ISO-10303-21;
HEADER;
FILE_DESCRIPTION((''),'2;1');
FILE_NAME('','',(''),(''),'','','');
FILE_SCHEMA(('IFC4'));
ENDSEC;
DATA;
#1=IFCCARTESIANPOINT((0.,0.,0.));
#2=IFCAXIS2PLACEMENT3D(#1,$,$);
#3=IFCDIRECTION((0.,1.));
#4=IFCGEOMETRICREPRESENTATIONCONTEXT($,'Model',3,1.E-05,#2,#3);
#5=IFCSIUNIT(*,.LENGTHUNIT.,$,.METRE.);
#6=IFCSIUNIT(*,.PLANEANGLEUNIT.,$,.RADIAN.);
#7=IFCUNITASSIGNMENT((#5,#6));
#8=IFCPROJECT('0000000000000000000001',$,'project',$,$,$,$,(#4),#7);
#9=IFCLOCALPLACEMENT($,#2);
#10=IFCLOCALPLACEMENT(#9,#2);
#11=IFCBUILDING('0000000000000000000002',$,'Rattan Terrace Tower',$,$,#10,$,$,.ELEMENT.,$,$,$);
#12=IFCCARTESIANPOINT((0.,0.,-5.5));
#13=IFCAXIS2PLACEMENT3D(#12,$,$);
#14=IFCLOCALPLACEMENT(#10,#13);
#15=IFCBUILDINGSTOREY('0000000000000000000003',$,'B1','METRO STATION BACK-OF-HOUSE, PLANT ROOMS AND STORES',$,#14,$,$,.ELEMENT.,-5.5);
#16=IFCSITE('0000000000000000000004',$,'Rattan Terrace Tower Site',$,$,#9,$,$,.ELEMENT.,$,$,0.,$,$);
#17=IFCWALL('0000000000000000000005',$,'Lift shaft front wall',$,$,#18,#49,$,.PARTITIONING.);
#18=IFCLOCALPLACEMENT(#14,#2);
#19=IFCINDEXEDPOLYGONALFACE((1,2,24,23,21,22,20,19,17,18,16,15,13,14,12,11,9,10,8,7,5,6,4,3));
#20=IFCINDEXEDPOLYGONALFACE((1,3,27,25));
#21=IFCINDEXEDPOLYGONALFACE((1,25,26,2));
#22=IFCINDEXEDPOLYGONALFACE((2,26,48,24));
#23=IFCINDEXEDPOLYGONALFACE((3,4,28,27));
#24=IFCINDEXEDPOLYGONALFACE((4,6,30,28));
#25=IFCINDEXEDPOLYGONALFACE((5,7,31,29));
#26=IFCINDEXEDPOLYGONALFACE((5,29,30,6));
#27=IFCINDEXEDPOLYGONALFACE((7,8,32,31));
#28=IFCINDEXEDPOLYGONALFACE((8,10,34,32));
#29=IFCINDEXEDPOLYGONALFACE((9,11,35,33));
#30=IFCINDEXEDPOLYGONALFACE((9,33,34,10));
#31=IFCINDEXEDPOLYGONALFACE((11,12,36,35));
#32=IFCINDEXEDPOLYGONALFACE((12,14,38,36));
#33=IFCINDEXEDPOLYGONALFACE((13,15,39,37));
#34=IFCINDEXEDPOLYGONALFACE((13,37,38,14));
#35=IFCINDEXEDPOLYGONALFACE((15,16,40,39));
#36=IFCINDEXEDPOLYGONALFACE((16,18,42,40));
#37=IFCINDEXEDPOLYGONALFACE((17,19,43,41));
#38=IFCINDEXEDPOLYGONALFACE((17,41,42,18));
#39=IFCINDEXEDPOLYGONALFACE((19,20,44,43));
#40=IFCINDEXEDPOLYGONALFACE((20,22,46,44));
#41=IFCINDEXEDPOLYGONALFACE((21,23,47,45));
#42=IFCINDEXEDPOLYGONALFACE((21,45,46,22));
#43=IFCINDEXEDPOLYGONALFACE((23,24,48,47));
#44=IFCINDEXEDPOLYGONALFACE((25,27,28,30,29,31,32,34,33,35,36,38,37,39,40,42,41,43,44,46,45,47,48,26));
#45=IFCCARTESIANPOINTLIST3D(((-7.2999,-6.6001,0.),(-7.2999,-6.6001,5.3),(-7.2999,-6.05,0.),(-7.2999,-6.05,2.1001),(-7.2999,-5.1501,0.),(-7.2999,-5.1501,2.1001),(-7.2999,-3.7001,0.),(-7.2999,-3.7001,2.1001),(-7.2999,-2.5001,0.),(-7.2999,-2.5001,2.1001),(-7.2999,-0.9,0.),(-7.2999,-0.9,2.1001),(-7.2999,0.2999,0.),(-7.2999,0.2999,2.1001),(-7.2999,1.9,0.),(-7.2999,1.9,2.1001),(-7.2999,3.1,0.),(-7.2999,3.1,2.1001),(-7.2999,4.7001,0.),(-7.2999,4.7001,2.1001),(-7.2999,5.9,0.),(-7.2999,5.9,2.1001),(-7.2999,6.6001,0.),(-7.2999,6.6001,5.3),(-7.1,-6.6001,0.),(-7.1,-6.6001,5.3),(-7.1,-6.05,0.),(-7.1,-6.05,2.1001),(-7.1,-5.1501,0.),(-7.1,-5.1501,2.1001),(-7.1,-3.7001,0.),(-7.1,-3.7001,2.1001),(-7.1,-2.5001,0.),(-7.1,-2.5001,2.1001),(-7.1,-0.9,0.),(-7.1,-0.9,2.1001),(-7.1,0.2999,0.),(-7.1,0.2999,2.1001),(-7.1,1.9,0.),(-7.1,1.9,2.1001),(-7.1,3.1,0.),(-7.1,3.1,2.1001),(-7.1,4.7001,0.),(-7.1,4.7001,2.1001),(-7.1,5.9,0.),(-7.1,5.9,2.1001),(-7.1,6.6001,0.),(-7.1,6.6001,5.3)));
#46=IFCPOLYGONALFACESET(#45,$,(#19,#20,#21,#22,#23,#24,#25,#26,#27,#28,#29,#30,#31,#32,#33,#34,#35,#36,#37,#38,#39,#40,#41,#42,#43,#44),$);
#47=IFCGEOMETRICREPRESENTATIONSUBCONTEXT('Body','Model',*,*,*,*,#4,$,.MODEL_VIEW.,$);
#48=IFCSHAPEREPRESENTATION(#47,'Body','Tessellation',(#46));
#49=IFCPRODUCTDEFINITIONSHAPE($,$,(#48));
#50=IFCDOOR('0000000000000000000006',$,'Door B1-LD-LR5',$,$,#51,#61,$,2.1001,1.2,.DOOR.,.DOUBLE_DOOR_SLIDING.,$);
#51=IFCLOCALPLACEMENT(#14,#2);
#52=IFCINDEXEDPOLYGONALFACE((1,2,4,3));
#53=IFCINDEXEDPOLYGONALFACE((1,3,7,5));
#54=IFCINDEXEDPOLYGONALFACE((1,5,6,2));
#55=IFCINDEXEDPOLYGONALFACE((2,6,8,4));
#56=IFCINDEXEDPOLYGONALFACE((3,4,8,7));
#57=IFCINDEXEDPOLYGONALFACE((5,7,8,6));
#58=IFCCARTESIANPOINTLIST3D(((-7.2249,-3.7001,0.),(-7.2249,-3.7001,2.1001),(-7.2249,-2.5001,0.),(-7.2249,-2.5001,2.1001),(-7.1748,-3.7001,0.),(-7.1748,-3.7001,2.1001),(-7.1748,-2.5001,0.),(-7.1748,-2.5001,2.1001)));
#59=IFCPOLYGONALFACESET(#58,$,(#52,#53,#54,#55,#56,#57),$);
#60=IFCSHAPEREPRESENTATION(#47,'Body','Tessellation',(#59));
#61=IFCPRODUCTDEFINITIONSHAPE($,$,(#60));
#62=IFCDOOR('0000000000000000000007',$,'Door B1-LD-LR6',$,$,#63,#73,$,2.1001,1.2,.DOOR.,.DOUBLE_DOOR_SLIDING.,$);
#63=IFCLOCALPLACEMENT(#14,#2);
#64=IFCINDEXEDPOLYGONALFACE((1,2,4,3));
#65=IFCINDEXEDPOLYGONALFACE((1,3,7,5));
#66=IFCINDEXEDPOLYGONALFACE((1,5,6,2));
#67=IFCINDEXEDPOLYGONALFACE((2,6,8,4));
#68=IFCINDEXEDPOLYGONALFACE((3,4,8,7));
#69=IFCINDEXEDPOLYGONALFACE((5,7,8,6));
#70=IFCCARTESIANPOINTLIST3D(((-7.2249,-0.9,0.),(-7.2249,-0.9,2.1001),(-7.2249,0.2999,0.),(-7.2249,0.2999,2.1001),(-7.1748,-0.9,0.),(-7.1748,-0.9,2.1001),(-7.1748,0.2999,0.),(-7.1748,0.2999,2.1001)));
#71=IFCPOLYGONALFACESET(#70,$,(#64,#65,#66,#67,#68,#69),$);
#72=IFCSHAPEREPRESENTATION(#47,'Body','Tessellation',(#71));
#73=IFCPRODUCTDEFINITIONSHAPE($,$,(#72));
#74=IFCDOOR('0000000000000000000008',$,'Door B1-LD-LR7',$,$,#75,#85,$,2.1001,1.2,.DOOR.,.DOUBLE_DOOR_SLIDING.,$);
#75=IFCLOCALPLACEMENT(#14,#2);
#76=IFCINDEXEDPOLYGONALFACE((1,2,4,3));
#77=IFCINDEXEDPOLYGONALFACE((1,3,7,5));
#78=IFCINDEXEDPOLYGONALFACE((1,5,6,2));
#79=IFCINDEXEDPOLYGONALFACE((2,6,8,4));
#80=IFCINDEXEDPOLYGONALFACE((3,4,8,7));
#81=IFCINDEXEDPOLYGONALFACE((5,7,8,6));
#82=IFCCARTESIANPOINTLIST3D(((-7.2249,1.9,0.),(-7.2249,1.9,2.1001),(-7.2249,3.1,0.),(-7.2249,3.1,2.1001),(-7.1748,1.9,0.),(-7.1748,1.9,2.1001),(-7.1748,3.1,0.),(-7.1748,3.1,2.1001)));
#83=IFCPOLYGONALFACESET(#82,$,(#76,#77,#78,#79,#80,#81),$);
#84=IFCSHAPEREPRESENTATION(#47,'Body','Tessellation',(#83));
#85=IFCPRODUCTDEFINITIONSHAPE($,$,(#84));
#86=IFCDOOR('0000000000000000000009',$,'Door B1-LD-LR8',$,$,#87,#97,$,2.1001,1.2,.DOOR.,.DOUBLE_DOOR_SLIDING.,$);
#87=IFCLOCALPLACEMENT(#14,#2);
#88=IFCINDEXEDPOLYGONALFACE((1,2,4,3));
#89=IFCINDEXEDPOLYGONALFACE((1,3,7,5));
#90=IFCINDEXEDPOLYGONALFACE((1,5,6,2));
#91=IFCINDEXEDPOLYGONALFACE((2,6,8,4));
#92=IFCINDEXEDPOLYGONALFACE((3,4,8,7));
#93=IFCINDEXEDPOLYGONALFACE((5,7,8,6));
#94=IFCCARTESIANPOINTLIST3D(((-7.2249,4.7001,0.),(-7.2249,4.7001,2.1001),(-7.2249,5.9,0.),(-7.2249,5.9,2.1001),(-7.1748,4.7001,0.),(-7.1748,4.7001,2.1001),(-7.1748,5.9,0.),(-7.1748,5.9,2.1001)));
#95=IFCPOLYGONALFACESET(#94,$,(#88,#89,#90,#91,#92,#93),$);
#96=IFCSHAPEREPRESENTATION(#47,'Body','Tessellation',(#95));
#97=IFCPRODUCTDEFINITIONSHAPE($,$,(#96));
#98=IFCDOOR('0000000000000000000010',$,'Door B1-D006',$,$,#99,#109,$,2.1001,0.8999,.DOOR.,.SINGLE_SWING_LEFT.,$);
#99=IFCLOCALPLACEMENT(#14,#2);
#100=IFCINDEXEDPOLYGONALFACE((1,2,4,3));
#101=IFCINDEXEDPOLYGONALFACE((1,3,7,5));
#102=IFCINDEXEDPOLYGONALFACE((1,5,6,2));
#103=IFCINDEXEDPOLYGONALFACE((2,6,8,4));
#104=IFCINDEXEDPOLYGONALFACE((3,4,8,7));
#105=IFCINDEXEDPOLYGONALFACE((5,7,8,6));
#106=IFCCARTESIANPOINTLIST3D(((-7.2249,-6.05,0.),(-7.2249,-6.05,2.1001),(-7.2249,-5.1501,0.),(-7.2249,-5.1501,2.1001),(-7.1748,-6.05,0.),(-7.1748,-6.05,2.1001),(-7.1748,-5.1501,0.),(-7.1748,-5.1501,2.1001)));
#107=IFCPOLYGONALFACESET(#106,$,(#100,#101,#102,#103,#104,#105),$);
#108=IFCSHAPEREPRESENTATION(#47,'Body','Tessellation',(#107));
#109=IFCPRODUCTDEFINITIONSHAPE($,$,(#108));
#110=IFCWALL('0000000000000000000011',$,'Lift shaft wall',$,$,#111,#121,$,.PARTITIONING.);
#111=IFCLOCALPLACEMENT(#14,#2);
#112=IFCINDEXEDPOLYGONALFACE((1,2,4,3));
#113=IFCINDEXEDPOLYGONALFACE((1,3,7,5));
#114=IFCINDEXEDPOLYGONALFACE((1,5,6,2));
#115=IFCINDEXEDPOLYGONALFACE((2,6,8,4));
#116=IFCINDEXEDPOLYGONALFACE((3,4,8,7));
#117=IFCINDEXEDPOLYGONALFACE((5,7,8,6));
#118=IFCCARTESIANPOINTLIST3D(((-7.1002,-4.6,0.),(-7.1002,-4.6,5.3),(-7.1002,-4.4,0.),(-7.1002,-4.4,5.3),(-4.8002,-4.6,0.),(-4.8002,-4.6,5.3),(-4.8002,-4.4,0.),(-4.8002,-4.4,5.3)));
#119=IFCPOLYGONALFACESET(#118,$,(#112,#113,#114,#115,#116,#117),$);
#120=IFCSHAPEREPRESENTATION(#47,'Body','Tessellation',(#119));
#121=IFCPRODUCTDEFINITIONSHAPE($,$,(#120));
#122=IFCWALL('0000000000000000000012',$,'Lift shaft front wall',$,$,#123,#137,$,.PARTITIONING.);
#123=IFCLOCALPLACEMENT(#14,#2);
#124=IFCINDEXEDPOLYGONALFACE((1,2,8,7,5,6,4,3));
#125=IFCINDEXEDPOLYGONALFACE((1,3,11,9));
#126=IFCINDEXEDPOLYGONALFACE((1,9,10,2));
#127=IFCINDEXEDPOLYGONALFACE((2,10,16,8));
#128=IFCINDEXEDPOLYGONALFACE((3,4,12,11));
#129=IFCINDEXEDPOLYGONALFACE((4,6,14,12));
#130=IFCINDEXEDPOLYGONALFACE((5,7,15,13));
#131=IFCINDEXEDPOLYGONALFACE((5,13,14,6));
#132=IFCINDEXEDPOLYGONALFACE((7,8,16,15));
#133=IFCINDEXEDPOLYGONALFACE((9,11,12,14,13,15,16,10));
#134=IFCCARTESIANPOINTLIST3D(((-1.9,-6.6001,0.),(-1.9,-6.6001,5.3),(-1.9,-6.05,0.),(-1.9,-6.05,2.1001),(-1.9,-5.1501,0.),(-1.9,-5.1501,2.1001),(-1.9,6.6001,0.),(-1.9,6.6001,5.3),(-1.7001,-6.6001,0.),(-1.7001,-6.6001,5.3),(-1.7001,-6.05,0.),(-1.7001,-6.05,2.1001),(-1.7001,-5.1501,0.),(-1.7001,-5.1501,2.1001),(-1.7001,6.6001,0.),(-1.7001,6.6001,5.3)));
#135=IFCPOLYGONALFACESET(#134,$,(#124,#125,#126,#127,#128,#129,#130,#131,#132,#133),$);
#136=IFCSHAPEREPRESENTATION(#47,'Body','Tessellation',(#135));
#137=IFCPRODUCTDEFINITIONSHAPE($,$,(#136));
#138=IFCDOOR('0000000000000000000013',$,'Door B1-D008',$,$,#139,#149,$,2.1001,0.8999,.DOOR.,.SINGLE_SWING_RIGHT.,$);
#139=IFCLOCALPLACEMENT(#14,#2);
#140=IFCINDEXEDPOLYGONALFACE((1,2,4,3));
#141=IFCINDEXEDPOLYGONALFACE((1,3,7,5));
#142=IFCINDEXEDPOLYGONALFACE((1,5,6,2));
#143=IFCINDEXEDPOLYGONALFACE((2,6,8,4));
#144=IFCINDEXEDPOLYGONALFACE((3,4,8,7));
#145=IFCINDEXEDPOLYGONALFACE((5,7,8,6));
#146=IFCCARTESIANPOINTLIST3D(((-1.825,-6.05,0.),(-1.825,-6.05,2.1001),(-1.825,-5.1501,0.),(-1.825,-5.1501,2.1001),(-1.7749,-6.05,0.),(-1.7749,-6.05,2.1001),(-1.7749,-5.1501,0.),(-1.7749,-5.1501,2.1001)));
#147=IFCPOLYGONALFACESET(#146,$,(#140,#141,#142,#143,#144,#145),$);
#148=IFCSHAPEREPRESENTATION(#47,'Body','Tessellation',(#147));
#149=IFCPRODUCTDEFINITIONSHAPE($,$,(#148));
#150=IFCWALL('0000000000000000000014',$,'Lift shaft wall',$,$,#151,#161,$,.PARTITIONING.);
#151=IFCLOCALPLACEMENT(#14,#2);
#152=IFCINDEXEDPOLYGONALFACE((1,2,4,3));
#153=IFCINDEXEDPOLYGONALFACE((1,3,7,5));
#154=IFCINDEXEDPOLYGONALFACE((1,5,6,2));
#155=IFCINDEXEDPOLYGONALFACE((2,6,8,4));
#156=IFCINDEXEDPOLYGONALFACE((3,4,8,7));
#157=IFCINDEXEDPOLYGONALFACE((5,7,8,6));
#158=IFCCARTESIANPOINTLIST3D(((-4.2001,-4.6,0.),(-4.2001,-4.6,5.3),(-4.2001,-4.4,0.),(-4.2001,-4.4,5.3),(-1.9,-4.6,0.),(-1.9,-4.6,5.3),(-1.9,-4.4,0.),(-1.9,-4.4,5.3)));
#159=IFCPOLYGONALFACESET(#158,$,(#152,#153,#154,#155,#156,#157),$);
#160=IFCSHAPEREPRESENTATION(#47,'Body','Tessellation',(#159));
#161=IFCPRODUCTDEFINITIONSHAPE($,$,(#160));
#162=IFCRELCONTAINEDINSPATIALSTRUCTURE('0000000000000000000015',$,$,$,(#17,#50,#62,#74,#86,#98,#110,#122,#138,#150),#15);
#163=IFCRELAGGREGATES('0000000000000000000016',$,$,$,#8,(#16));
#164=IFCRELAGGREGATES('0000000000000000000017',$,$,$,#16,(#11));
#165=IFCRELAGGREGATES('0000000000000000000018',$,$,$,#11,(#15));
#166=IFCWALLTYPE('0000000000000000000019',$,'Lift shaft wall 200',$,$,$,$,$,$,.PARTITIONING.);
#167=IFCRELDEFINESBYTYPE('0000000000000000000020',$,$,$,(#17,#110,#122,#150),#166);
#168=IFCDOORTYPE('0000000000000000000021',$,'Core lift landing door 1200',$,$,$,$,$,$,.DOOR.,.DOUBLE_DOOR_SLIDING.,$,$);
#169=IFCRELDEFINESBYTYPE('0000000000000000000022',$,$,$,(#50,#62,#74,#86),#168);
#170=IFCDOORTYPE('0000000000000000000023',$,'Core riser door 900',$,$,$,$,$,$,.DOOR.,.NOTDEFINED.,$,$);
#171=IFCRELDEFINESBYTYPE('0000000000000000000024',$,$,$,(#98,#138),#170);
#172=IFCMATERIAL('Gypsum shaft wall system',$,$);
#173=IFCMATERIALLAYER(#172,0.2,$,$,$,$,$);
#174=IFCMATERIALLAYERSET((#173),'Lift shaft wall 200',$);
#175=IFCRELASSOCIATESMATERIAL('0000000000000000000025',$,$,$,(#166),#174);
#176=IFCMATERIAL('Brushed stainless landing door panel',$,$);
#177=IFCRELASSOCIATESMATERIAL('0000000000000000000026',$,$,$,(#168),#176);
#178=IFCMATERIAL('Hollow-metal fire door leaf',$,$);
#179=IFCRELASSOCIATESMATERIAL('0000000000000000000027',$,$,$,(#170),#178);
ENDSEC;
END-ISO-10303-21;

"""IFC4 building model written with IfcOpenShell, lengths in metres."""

from ifc_helpers import new_model, si_unit, direction, frame, frame_2d, origin, place, context, subcontext, project, spatial, rectangle, extrude, material, layer, layer_set, type_object, element, fill, save


model = new_model("IFC4")

# Units and contexts
model_context = context("Model", 3, precision=1e-05, world=origin(), true_north=direction((0.0, 1.0)))
body_context = subcontext(model_context, "Body", "Model", "MODEL_VIEW")
ifc_project = project(units=[si_unit("LENGTHUNIT", "METRE"), si_unit("PLANEANGLEUNIT", "RADIAN")], contexts=[model_context])

# Site, building, storey
site_placement = place(None, origin())
site = spatial("IfcSite", under=ifc_project, at=site_placement, Name="Rattan Terrace Tower Site", CompositionType="ELEMENT", RefElevation=0.0)
building_placement = place(site_placement, origin())
building = spatial("IfcBuilding", under=site, at=building_placement, Name="Rattan Terrace Tower", CompositionType="ELEMENT")
storey_placement = place(building_placement, frame((0.0, 0.0, -5.5)))
storey = spatial("IfcBuildingStorey", under=building, at=storey_placement, Name="B1", Description="METRO STATION BACK-OF-HOUSE, PLANT ROOMS AND STORES", CompositionType="ELEMENT", Elevation=-5.5)

# Wall, openings, doors
ifc_material_1 = material(Name="Gypsum shaft wall system")
ifc_layer_1 = layer(ifc_material_1, 0.2)
ifc_layer_set_1 = layer_set([ifc_layer_1], Name="Lift shaft wall 200")
wall_type_1 = type_object("IfcWallType", Name="Lift shaft wall 200", PredefinedType="PARTITIONING", material=ifc_layer_set_1)
ifc_material_2 = material(Name="Brushed stainless landing door panel")
door_type_1 = type_object("IfcDoorType", Name="Core lift landing door 1200", OperationType="DOUBLE_DOOR_SLIDING", PredefinedType="DOOR", material=ifc_material_2)
ifc_material_3 = material(Name="Hollow-metal fire door leaf")
door_type_2 = type_object("IfcDoorType", Name="Core riser door 900", OperationType="NOTDEFINED", PredefinedType="DOOR", material=ifc_material_3)
wall_1_placement = place(storey_placement, frame((-7.2, -6.6001, 0.0), z_axis=(0.0, 0.0, 1.0), x_axis=(0.0, 1.0, 0.0)))
wall_1 = element("IfcWall", 1, at=wall_1_placement, inside=storey, type_object=wall_type_1, Name="Lift shaft front wall", PredefinedType="PARTITIONING", context=body_context, shape_type="SweptSolid", body=[
    extrude(rectangle(XDim=13.2002, YDim=0.2, at=frame_2d((6.6001, 0.0))), origin(), (0.0, 0.0, 1.0), 5.3),
])
opening_1_placement = place(wall_1_placement, frame((0.55, 0.0, 0.0)))
opening_1 = element("IfcOpeningElement", 2, at=opening_1_placement, cuts=wall_1, PredefinedType="OPENING", context=body_context, shape_type="SweptSolid", body=[
    extrude(rectangle(XDim=0.8999, YDim=2.1001, at=frame_2d((0.45, 1.05))), frame((0.0, 0.1106, 0.0), z_axis=(0.0, -1.0, 0.0), x_axis=(1.0, 0.0, 0.0)), (0.0, 0.0, 1.0), 0.2209),
])
opening_2_placement = place(wall_1_placement, frame((2.8999, 0.0, 0.0)))
opening_2 = element("IfcOpeningElement", 3, at=opening_2_placement, cuts=wall_1, PredefinedType="OPENING", context=body_context, shape_type="SweptSolid", body=[
    extrude(rectangle(XDim=1.2, YDim=2.1001, at=frame_2d((0.6001, 1.05))), frame((0.0, 0.1106, 0.0), z_axis=(0.0, -1.0, 0.0), x_axis=(1.0, 0.0, 0.0)), (0.0, 0.0, 1.0), 0.2209),
])
opening_3_placement = place(wall_1_placement, frame((5.7, 0.0, 0.0)))
opening_3 = element("IfcOpeningElement", 4, at=opening_3_placement, cuts=wall_1, PredefinedType="OPENING", context=body_context, shape_type="SweptSolid", body=[
    extrude(rectangle(XDim=1.2, YDim=2.1001, at=frame_2d((0.6001, 1.05))), frame((0.0, 0.1106, 0.0), z_axis=(0.0, -1.0, 0.0), x_axis=(1.0, 0.0, 0.0)), (0.0, 0.0, 1.0), 0.2209),
])
opening_4_placement = place(wall_1_placement, frame((8.5, 0.0, 0.0)))
opening_4 = element("IfcOpeningElement", 5, at=opening_4_placement, cuts=wall_1, PredefinedType="OPENING", context=body_context, shape_type="SweptSolid", body=[
    extrude(rectangle(XDim=1.2, YDim=2.1001, at=frame_2d((0.6001, 1.05))), frame((0.0, 0.1106, 0.0), z_axis=(0.0, -1.0, 0.0), x_axis=(1.0, 0.0, 0.0)), (0.0, 0.0, 1.0), 0.2209),
])
opening_5_placement = place(wall_1_placement, frame((11.3, 0.0, 0.0)))
opening_5 = element("IfcOpeningElement", 6, at=opening_5_placement, cuts=wall_1, PredefinedType="OPENING", context=body_context, shape_type="SweptSolid", body=[
    extrude(rectangle(XDim=1.2, YDim=2.1001, at=frame_2d((0.6001, 1.05))), frame((0.0, 0.1106, 0.0), z_axis=(0.0, -1.0, 0.0), x_axis=(1.0, 0.0, 0.0)), (0.0, 0.0, 1.0), 0.2209),
])
door_1_placement = place(opening_2_placement, origin())
door_1 = element("IfcDoor", 7, at=door_1_placement, inside=storey, type_object=door_type_1, Name="Door B1-LD-LR5", OperationType="DOUBLE_DOOR_SLIDING", OverallHeight=2.1001, OverallWidth=1.2, PredefinedType="DOOR", context=body_context, shape_type="SweptSolid", body=[
    extrude(rectangle(XDim=1.2, YDim=2.1001, at=frame_2d((0.6001, 1.05))), frame((0.0, 0.0249, 0.0), z_axis=(0.0, -1.0, 0.0), x_axis=(1.0, 0.0, 0.0)), (0.0, 0.0, 1.0), 0.05),
])
fill(opening_2, door_1)
door_2_placement = place(opening_3_placement, origin())
door_2 = element("IfcDoor", 8, at=door_2_placement, inside=storey, type_object=door_type_1, Name="Door B1-LD-LR6", OperationType="DOUBLE_DOOR_SLIDING", OverallHeight=2.1001, OverallWidth=1.2, PredefinedType="DOOR", context=body_context, shape_type="SweptSolid", body=[
    extrude(rectangle(XDim=1.2, YDim=2.1001, at=frame_2d((0.6001, 1.05))), frame((0.0, 0.0249, 0.0), z_axis=(0.0, -1.0, 0.0), x_axis=(1.0, 0.0, 0.0)), (0.0, 0.0, 1.0), 0.05),
])
fill(opening_3, door_2)
door_3_placement = place(opening_4_placement, origin())
door_3 = element("IfcDoor", 9, at=door_3_placement, inside=storey, type_object=door_type_1, Name="Door B1-LD-LR7", OperationType="DOUBLE_DOOR_SLIDING", OverallHeight=2.1001, OverallWidth=1.2, PredefinedType="DOOR", context=body_context, shape_type="SweptSolid", body=[
    extrude(rectangle(XDim=1.2, YDim=2.1001, at=frame_2d((0.6001, 1.05))), frame((0.0, 0.0249, 0.0), z_axis=(0.0, -1.0, 0.0), x_axis=(1.0, 0.0, 0.0)), (0.0, 0.0, 1.0), 0.05),
])
fill(opening_4, door_3)
door_4_placement = place(opening_5_placement, origin())
door_4 = element("IfcDoor", 10, at=door_4_placement, inside=storey, type_object=door_type_1, Name="Door B1-LD-LR8", OperationType="DOUBLE_DOOR_SLIDING", OverallHeight=2.1001, OverallWidth=1.2, PredefinedType="DOOR", context=body_context, shape_type="SweptSolid", body=[
    extrude(rectangle(XDim=1.2, YDim=2.1001, at=frame_2d((0.6001, 1.05))), frame((0.0, 0.0249, 0.0), z_axis=(0.0, -1.0, 0.0), x_axis=(1.0, 0.0, 0.0)), (0.0, 0.0, 1.0), 0.05),
])
fill(opening_5, door_4)
door_5_placement = place(opening_1_placement, origin())
door_5 = element("IfcDoor", 11, at=door_5_placement, inside=storey, type_object=door_type_2, Name="Door B1-D006", OperationType="SINGLE_SWING_LEFT", OverallHeight=2.1001, OverallWidth=0.8999, PredefinedType="DOOR", context=body_context, shape_type="SweptSolid", body=[
    extrude(rectangle(XDim=0.8999, YDim=2.1001, at=frame_2d((0.45, 1.05))), frame((0.0, 0.0249, 0.0), z_axis=(0.0, -1.0, 0.0), x_axis=(1.0, 0.0, 0.0)), (0.0, 0.0, 1.0), 0.05),
])
fill(opening_1, door_5)

# Wall
wall_2_placement = place(storey_placement, frame((-7.1001, -4.5, 0.0), z_axis=(0.0, 0.0, 1.0), x_axis=(1.0, 0.0, 0.0)))
element("IfcWall", 12, at=wall_2_placement, inside=storey, type_object=wall_type_1, Name="Lift shaft wall", PredefinedType="PARTITIONING", context=body_context, shape_type="SweptSolid", body=[
    extrude(rectangle(XDim=2.3, YDim=0.2, at=frame_2d((1.1499, 0.0))), origin(), (0.0, 0.0, 1.0), 5.3),
])

# Wall, opening, door
wall_3_placement = place(storey_placement, frame((-1.8, -6.6001, 0.0), z_axis=(0.0, 0.0, 1.0), x_axis=(0.0, 1.0, 0.0)))
wall_3 = element("IfcWall", 13, at=wall_3_placement, inside=storey, type_object=wall_type_1, Name="Lift shaft front wall", PredefinedType="PARTITIONING", context=body_context, shape_type="SweptSolid", body=[
    extrude(rectangle(XDim=13.2002, YDim=0.2, at=frame_2d((6.6001, 0.0))), origin(), (0.0, 0.0, 1.0), 5.3),
])
opening_6_placement = place(wall_3_placement, frame((0.55, 0.0, 0.0)))
opening_6 = element("IfcOpeningElement", 14, at=opening_6_placement, cuts=wall_3, PredefinedType="OPENING", context=body_context, shape_type="SweptSolid", body=[
    extrude(rectangle(XDim=0.8999, YDim=2.1001, at=frame_2d((0.45, 1.05))), frame((0.0, 0.1106, 0.0), z_axis=(0.0, -1.0, 0.0), x_axis=(1.0, 0.0, 0.0)), (0.0, 0.0, 1.0), 0.2209),
])
door_6_placement = place(opening_6_placement, origin())
door_6 = element("IfcDoor", 15, at=door_6_placement, inside=storey, type_object=door_type_2, Name="Door B1-D008", OperationType="SINGLE_SWING_RIGHT", OverallHeight=2.1001, OverallWidth=0.8999, PredefinedType="DOOR", context=body_context, shape_type="SweptSolid", body=[
    extrude(rectangle(XDim=0.8999, YDim=2.1001, at=frame_2d((0.45, 1.05))), frame((0.0, 0.0249, 0.0), z_axis=(0.0, -1.0, 0.0), x_axis=(1.0, 0.0, 0.0)), (0.0, 0.0, 1.0), 0.05),
])
fill(opening_6, door_6)

# Wall
wall_4_placement = place(storey_placement, frame((-4.2, -4.5, 0.0), z_axis=(0.0, 0.0, 1.0), x_axis=(1.0, 0.0, 0.0)))
element("IfcWall", 16, at=wall_4_placement, inside=storey, type_object=wall_type_1, Name="Lift shaft wall", PredefinedType="PARTITIONING", context=body_context, shape_type="SweptSolid", body=[
    extrude(rectangle(XDim=2.3, YDim=0.2, at=frame_2d((1.1499, 0.0))), origin(), (0.0, 0.0, 1.0), 5.3),
])

save(model, "model.ifc")
